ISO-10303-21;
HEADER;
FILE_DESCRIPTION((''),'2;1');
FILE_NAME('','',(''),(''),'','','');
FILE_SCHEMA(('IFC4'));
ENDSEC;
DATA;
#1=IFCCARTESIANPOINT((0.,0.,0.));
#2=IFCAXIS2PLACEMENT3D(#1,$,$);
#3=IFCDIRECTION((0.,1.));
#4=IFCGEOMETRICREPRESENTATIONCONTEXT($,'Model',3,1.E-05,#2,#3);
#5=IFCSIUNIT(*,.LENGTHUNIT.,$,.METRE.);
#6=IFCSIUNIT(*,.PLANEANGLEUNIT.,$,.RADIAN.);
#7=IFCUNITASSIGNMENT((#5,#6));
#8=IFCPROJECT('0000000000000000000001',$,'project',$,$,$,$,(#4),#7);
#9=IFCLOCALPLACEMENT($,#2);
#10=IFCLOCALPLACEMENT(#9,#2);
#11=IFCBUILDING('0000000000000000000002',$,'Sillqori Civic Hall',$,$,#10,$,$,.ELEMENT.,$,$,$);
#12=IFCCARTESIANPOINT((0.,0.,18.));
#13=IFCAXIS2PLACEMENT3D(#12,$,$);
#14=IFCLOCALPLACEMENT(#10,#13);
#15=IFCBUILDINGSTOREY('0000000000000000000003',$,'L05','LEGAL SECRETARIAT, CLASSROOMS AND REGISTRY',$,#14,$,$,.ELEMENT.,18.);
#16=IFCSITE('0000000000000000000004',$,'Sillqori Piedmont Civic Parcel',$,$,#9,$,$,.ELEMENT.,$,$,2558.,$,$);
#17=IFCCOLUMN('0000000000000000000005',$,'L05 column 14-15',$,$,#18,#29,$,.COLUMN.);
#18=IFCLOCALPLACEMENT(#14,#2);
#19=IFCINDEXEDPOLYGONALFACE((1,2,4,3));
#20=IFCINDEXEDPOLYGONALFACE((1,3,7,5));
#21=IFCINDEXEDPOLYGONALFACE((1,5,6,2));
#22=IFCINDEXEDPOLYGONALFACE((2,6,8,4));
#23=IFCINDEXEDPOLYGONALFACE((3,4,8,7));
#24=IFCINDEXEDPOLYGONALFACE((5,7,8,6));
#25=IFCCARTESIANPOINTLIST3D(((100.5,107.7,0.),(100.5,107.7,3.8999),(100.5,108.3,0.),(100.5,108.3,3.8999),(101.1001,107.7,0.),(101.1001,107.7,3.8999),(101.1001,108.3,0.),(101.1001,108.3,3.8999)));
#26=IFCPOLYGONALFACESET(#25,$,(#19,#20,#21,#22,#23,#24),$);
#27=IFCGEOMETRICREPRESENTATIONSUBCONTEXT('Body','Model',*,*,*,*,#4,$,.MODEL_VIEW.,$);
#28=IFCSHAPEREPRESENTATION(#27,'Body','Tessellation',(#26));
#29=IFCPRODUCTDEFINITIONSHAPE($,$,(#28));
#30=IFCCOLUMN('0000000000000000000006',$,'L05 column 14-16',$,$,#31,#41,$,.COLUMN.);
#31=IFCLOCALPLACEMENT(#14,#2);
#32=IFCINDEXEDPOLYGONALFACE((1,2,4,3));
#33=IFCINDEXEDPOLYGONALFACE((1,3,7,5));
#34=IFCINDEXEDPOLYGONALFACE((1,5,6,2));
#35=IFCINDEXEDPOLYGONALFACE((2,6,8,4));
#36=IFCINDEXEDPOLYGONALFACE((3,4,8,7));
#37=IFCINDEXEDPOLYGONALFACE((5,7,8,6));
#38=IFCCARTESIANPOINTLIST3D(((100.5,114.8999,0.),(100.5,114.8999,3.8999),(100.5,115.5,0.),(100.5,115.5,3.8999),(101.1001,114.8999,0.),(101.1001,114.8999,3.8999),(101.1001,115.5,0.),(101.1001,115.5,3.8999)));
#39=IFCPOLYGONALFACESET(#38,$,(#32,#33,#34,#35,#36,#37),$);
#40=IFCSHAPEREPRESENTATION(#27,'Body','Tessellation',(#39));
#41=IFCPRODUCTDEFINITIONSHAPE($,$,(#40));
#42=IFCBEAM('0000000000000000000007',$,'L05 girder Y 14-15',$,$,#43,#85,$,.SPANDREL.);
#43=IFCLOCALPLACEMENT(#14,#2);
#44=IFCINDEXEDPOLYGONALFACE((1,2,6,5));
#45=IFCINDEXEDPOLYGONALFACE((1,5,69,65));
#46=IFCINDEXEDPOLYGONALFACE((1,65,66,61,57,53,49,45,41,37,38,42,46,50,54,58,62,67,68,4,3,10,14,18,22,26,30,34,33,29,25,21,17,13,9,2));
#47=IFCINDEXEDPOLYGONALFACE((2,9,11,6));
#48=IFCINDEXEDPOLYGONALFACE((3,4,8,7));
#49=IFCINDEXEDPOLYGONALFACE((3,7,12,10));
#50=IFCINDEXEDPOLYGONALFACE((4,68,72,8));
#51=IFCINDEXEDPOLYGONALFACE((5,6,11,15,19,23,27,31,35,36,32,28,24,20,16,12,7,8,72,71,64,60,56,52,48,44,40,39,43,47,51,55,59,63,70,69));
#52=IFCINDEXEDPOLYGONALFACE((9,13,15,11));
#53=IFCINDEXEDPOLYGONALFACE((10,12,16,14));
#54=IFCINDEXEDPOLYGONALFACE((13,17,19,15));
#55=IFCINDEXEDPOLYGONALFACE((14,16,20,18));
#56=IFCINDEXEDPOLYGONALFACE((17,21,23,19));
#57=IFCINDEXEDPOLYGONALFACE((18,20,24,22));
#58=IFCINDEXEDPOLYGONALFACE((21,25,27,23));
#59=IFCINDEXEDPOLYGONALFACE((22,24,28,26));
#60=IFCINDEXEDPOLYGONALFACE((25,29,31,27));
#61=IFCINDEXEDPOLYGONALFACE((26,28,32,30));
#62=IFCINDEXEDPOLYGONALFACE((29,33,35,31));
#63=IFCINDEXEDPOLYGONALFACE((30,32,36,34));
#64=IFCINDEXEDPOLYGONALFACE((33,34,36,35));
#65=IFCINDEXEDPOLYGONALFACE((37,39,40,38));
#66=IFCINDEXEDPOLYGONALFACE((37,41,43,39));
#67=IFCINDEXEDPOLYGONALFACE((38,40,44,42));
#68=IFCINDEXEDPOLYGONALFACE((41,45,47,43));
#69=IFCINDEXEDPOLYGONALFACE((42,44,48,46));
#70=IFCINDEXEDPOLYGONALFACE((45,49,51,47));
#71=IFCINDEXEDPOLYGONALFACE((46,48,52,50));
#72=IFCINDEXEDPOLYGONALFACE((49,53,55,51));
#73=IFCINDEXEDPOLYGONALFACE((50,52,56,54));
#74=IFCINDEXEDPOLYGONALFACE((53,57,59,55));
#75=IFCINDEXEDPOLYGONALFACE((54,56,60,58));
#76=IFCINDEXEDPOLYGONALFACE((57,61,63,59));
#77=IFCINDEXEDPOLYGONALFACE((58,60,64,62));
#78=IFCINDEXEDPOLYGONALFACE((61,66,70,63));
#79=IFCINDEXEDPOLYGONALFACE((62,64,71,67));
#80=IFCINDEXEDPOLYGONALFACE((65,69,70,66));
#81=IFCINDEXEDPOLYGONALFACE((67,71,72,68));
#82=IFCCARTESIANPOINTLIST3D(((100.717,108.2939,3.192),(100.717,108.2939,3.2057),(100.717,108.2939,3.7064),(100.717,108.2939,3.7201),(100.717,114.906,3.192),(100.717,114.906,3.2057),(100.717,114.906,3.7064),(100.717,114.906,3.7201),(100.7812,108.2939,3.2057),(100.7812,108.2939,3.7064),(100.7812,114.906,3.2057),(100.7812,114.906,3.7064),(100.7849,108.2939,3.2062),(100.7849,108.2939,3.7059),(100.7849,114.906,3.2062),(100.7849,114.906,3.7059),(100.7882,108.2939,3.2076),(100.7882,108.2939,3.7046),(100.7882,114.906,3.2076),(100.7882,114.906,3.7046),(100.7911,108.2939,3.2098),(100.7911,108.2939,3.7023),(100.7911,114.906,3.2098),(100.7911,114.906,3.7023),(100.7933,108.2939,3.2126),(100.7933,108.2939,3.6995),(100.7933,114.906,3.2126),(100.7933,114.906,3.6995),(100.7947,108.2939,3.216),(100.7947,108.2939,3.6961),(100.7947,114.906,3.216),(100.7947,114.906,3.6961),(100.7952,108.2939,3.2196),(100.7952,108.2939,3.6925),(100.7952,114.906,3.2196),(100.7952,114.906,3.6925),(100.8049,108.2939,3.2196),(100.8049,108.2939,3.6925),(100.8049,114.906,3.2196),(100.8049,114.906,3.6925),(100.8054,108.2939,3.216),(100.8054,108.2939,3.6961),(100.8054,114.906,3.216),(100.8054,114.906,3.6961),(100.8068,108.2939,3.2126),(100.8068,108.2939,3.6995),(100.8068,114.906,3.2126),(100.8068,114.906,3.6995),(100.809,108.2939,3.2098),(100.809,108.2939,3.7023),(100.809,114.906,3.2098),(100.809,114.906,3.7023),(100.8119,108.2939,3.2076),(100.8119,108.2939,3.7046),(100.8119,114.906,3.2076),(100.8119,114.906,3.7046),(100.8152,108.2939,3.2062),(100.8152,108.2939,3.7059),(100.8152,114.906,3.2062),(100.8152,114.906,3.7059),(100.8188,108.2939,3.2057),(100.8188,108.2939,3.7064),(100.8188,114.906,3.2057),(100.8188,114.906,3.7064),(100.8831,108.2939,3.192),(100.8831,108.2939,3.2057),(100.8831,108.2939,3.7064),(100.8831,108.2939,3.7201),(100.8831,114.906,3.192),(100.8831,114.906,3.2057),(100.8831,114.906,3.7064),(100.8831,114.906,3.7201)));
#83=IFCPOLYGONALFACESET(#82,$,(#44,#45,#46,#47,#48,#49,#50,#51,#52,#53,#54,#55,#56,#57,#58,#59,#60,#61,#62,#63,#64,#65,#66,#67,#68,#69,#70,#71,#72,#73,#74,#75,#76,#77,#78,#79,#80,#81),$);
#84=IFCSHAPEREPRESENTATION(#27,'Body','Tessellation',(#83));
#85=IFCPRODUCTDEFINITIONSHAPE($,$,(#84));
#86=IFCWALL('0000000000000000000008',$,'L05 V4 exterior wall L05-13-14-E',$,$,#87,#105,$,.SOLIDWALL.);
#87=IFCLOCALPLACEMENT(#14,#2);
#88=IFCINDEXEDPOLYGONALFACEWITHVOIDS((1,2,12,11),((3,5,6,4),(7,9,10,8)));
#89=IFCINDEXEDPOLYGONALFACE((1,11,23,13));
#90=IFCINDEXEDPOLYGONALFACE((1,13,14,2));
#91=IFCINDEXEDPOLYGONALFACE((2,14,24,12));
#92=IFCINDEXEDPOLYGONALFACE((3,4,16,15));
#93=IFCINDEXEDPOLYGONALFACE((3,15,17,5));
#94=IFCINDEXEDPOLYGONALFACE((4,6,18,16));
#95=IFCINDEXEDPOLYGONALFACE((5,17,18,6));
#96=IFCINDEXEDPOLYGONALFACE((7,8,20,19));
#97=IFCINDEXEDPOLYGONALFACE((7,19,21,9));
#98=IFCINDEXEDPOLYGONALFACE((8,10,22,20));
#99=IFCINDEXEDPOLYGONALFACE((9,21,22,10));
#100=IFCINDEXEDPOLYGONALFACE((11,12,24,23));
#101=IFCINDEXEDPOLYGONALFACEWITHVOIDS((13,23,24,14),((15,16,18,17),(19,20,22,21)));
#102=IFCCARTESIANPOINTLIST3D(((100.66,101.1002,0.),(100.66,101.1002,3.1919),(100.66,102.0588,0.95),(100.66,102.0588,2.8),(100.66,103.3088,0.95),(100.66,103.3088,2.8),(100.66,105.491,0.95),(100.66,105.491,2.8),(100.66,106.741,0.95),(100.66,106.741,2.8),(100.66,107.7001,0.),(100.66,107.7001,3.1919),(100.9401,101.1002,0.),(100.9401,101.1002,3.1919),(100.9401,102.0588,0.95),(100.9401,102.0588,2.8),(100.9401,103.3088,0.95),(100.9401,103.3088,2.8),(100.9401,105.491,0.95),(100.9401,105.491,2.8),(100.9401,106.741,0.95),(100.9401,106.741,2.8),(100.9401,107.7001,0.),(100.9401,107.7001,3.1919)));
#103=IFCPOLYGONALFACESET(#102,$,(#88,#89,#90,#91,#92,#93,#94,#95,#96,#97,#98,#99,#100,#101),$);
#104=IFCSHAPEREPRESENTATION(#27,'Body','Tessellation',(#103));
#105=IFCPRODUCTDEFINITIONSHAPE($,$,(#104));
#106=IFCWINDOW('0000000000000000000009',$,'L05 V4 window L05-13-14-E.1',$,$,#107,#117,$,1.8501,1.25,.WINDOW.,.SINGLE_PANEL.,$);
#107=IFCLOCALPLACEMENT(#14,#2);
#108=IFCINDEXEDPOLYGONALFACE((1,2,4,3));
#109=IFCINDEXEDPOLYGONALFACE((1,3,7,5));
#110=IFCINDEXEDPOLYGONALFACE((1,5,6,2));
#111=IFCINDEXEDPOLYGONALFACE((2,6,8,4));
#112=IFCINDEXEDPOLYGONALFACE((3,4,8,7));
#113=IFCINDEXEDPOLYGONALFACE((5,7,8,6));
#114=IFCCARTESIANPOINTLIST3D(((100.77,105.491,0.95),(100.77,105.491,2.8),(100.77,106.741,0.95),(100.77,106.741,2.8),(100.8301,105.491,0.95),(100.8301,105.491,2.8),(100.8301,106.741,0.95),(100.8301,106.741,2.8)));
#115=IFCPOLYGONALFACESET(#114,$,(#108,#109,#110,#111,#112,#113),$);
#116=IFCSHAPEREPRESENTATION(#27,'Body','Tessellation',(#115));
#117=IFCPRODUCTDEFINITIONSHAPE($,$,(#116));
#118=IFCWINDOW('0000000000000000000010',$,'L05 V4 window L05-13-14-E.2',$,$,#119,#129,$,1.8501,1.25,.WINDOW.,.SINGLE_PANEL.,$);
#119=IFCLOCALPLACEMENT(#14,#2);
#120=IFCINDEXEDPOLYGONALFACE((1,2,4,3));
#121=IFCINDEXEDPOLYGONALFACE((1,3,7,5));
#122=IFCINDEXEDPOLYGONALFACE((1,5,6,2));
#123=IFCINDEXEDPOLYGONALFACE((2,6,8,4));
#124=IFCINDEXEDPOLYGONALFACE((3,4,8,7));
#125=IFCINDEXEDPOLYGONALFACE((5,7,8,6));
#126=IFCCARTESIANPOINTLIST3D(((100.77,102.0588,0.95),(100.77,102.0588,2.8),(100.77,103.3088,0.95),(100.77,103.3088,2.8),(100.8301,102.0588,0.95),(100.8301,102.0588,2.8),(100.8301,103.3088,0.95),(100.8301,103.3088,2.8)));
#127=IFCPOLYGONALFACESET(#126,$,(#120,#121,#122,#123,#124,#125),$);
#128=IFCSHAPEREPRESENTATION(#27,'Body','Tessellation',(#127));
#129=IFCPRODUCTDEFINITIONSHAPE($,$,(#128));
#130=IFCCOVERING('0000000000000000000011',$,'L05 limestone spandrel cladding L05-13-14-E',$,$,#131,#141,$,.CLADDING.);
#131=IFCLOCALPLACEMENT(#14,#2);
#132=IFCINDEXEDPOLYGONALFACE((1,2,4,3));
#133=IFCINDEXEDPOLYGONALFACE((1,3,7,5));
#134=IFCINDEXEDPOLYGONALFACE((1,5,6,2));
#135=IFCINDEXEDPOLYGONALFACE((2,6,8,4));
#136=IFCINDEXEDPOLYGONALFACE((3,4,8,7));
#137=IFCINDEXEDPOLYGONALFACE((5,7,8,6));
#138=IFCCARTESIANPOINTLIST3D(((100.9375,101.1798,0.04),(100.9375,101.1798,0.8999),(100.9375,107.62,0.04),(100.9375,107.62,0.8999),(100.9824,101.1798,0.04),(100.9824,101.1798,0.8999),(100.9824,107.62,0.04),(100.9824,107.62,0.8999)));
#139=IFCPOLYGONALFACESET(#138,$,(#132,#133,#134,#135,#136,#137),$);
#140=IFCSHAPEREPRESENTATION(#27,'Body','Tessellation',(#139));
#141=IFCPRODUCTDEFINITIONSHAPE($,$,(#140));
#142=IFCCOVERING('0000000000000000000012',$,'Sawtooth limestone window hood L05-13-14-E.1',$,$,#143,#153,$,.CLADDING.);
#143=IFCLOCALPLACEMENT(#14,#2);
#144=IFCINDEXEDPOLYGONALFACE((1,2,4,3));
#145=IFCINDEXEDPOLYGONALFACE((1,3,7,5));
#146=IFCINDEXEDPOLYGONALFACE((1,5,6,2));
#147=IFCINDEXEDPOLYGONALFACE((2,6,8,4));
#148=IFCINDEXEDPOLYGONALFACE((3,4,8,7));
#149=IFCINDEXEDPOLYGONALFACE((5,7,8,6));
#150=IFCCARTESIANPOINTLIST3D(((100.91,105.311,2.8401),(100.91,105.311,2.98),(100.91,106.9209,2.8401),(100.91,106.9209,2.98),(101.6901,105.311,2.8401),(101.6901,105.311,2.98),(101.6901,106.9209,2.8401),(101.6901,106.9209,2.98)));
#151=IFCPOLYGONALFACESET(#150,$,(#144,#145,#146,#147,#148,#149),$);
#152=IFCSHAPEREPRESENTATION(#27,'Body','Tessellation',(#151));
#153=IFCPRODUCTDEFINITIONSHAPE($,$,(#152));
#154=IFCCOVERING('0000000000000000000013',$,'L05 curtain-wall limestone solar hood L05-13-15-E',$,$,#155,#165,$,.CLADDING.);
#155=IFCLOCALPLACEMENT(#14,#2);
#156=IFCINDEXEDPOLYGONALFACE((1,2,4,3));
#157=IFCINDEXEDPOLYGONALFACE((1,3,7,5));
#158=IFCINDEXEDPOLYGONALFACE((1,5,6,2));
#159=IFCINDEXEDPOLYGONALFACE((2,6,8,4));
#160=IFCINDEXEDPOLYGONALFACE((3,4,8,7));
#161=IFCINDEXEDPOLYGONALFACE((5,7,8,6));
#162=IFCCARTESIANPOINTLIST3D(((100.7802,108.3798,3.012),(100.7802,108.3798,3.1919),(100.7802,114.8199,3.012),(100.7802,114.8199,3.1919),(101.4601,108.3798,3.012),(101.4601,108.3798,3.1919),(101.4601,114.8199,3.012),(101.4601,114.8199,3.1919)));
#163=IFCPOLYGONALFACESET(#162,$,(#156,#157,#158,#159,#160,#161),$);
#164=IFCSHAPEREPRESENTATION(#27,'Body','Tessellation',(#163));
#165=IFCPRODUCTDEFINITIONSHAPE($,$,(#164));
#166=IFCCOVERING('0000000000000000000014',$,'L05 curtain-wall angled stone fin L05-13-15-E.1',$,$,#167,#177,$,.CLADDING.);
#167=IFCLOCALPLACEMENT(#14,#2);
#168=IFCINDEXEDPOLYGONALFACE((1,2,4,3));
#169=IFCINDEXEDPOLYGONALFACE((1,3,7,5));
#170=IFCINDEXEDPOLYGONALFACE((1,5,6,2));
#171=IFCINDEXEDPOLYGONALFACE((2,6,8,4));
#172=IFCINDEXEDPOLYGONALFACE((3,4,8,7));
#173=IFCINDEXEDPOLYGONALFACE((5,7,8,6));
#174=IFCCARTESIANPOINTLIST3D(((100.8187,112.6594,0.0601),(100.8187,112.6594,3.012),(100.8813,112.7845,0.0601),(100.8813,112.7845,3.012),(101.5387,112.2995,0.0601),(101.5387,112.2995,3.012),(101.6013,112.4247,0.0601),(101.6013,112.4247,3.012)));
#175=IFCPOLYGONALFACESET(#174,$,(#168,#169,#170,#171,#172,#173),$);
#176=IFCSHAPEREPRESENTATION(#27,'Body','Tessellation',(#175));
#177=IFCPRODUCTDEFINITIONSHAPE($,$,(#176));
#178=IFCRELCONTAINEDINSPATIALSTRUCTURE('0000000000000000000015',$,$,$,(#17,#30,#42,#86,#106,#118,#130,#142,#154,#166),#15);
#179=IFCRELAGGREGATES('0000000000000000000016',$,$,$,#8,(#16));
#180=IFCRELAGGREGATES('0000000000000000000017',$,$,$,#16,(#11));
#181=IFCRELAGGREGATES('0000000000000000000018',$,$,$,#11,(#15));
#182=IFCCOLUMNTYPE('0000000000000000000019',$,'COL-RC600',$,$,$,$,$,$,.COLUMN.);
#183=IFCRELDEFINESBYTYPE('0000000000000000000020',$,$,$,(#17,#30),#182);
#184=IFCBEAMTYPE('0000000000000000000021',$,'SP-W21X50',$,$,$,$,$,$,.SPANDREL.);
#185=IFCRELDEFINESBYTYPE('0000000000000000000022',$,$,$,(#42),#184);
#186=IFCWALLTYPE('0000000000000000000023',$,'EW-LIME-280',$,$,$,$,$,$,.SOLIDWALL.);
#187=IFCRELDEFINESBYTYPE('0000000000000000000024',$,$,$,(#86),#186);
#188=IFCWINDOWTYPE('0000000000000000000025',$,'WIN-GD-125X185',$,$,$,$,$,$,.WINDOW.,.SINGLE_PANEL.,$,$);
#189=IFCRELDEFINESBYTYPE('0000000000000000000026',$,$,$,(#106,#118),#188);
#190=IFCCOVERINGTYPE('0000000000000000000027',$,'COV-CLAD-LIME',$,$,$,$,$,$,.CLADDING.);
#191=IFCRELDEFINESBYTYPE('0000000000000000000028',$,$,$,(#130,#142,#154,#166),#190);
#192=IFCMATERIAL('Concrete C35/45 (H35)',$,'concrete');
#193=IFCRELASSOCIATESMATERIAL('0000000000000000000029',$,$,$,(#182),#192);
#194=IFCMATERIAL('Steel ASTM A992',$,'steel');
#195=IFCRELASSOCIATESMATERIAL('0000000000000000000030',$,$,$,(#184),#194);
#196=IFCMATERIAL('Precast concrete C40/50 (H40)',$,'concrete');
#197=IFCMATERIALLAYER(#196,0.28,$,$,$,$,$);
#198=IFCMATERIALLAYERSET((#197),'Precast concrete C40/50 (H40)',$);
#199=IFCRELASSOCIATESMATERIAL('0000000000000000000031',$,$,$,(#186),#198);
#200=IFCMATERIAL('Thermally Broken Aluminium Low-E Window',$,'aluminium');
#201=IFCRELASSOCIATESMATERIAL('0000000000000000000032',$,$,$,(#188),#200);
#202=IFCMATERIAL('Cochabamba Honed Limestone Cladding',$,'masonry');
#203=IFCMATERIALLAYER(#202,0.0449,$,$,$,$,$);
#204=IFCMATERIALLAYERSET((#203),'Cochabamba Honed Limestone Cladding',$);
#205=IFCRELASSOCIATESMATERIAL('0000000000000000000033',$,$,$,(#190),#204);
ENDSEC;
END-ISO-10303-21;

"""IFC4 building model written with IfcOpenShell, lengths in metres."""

from ifc_helpers import new_model, si_unit, direction, frame, frame_2d, origin, origin_2d, place, context, subcontext, project, spatial, rectangle, i_section, extrude, material, layer, layer_set, material_profile, profile_set, type_object, element, fill, save


model = new_model("IFC4")

# Units and contexts
model_context = context("Model", 3, precision=1e-05, world=origin(), true_north=direction((0.0, 1.0)))
body_context = subcontext(model_context, "Body", "Model", "MODEL_VIEW")
ifc_project = project(units=[si_unit("LENGTHUNIT", "METRE"), si_unit("PLANEANGLEUNIT", "RADIAN")], contexts=[model_context])

# Site, building, storey
site_placement = place(None, origin())
site = spatial("IfcSite", under=ifc_project, at=site_placement, Name="Sillqori Piedmont Civic Parcel", CompositionType="ELEMENT", RefElevation=2558.0)
building_placement = place(site_placement, origin())
building = spatial("IfcBuilding", under=site, at=building_placement, Name="Sillqori Civic Hall", CompositionType="ELEMENT")
storey_placement = place(building_placement, frame((0.0, 0.0, 18.0)))
storey = spatial("IfcBuildingStorey", under=building, at=storey_placement, Name="L05", Description="LEGAL SECRETARIAT, CLASSROOMS AND REGISTRY", CompositionType="ELEMENT", Elevation=18.0)

# Columns
ifc_material_1 = material(Name="Concrete C35/45 (H35)", Category="concrete")
ifc_material_profile_1 = material_profile(ifc_material_1, rectangle(XDim=0.6001, YDim=0.6001, at=origin_2d()), Name="RC 600x600")
ifc_profile_set_1 = profile_set([ifc_material_profile_1], Name="Concrete C35/45 (H35)")
column_type = type_object("IfcColumnType", Name="COL-RC600", PredefinedType="COLUMN", material=ifc_profile_set_1)
for number, where, z_axis, x_axis, name in (
    (1, (100.8, 108.0, 0.0), (0.0, 0.0, 1.0), (1.0, 0.0, 0.0), "L05 column 14-15"),
    (2, (100.8, 115.2, 0.0), (0.0, 0.0, 1.0), (1.0, 0.0, 0.0), "L05 column 14-16"),
):
    element("IfcColumn", number, at=place(storey_placement, frame(where, z_axis=z_axis, x_axis=x_axis)), inside=storey, type_object=column_type, Name=name, PredefinedType="COLUMN", context=body_context, shape_type="SweptSolid", body=[
        extrude(rectangle(XDim=0.6001, YDim=0.6001, at=origin_2d()), origin(), (0.0, 0.0, 1.0), 3.8999),
    ])

# Beam
ifc_material_2 = material(Name="Steel ASTM A992", Category="steel")
ifc_material_profile_2 = material_profile(ifc_material_2, i_section(OverallWidth=0.166, OverallDepth=0.5281, WebThickness=0.0098, FlangeThickness=0.0137, FilletRadius=0.0139, at=origin_2d()), Name="W21X50")
ifc_profile_set_2 = profile_set([ifc_material_profile_2], Name="Steel ASTM A992")
beam_type = type_object("IfcBeamType", Name="SP-W21X50", PredefinedType="SPANDREL", material=ifc_profile_set_2)
beam_placement = place(storey_placement, frame((100.8, 108.2939, 3.4561), z_axis=(0.0, 1.0, 0.0), x_axis=(-1.0, 0.0, 0.0)))
element("IfcBeam", 3, at=beam_placement, inside=storey, type_object=beam_type, Name="L05 girder Y 14-15", PredefinedType="SPANDREL", context=body_context, shape_type="SweptSolid", body=[
    extrude(i_section(OverallWidth=0.166, OverallDepth=0.5281, WebThickness=0.0098, FlangeThickness=0.0137, FilletRadius=0.0139, at=origin_2d()), origin(), (0.0, 0.0, 1.0), 6.6121),
])

# Wall, openings, windows
ifc_material_3 = material(Name="Precast concrete C40/50 (H40)", Category="concrete")
ifc_layer_1 = layer(ifc_material_3, 0.28)
ifc_layer_set_1 = layer_set([ifc_layer_1], Name="Precast concrete C40/50 (H40)")
wall_type = type_object("IfcWallType", Name="EW-LIME-280", PredefinedType="SOLIDWALL", material=ifc_layer_set_1)
wall_placement = place(storey_placement, frame((100.8, 107.7, 0.0), z_axis=(0.0, 0.0, 1.0), x_axis=(0.0, -1.0, 0.0)))
wall = element("IfcWall", 4, at=wall_placement, inside=storey, type_object=wall_type, Name="L05 V4 exterior wall L05-13-14-E", PredefinedType="SOLIDWALL", context=body_context, shape_type="SweptSolid", body=[
    extrude(rectangle(XDim=6.5999, YDim=0.28, at=frame_2d((3.2998, 0.0))), origin(), (0.0, 0.0, 1.0), 3.1919),
])
opening_1_placement = place(wall_placement, frame((0.959, 0.0, 0.95)))
opening_1 = element("IfcOpeningElement", 5, at=opening_1_placement, cuts=wall, PredefinedType="OPENING", context=body_context, shape_type="SweptSolid", body=[
    extrude(rectangle(XDim=1.25, YDim=1.8501, at=frame_2d((0.625, 0.925))), frame((0.0, 0.1499, 0.0), z_axis=(0.0, -1.0, 0.0), x_axis=(1.0, 0.0, 0.0)), (0.0, 0.0, 1.0), 0.3),
])
opening_2_placement = place(wall_placement, frame((4.3911, 0.0, 0.95)))
opening_2 = element("IfcOpeningElement", 6, at=opening_2_placement, cuts=wall, PredefinedType="OPENING", context=body_context, shape_type="SweptSolid", body=[
    extrude(rectangle(XDim=1.25, YDim=1.8501, at=frame_2d((0.625, 0.925))), frame((0.0, 0.1499, 0.0), z_axis=(0.0, -1.0, 0.0), x_axis=(1.0, 0.0, 0.0)), (0.0, 0.0, 1.0), 0.3),
])
ifc_material_4 = material(Name="Thermally Broken Aluminium Low-E Window", Category="aluminium")
window_type = type_object("IfcWindowType", Name="WIN-GD-125X185", PartitioningType="SINGLE_PANEL", PredefinedType="WINDOW", material=ifc_material_4)
window_1_placement = place(opening_1_placement, origin())
window_1 = element("IfcWindow", 7, at=window_1_placement, inside=storey, type_object=window_type, Name="L05 V4 window L05-13-14-E.1", OverallHeight=1.8501, OverallWidth=1.25, PartitioningType="SINGLE_PANEL", PredefinedType="WINDOW", context=body_context, shape_type="SweptSolid", body=[
    extrude(rectangle(XDim=1.25, YDim=1.8501, at=frame_2d((0.625, 0.925))), frame((0.0, 0.03, 0.0), z_axis=(0.0, -1.0, 0.0), x_axis=(1.0, 0.0, 0.0)), (0.0, 0.0, 1.0), 0.0601),
])
fill(opening_1, window_1)
window_2_placement = place(opening_2_placement, origin())
window_2 = element("IfcWindow", 8, at=window_2_placement, inside=storey, type_object=window_type, Name="L05 V4 window L05-13-14-E.2", OverallHeight=1.8501, OverallWidth=1.25, PartitioningType="SINGLE_PANEL", PredefinedType="WINDOW", context=body_context, shape_type="SweptSolid", body=[
    extrude(rectangle(XDim=1.25, YDim=1.8501, at=frame_2d((0.625, 0.925))), frame((0.0, 0.03, 0.0), z_axis=(0.0, -1.0, 0.0), x_axis=(1.0, 0.0, 0.0)), (0.0, 0.0, 1.0), 0.0601),
])
fill(opening_2, window_2)

# Coverings
ifc_material_5 = material(Name="Cochabamba Honed Limestone Cladding", Category="masonry")
ifc_layer_2 = layer(ifc_material_5, 0.0449)
ifc_layer_set_2 = layer_set([ifc_layer_2], Name="Cochabamba Honed Limestone Cladding")
covering_type = type_object("IfcCoveringType", Name="COV-CLAD-LIME", PredefinedType="CLADDING", material=ifc_layer_set_2)
covering_1_placement = place(storey_placement, frame((100.96, 107.6201, 0.04), z_axis=(0.0, 0.0, 1.0), x_axis=(0.0, -1.0, 0.0)))
element("IfcCovering", 9, at=covering_1_placement, inside=storey, type_object=covering_type, Name="L05 limestone spandrel cladding L05-13-14-E", PredefinedType="CLADDING", context=body_context, shape_type="SweptSolid", body=[
    extrude(rectangle(XDim=6.4402, YDim=0.0449, at=frame_2d((3.2202, 0.0))), origin(), (0.0, 0.0, 1.0), 0.8599),
])
covering_2_placement = place(storey_placement, frame((101.3, 106.9209, 2.8401), z_axis=(0.0, 0.0, 1.0), x_axis=(0.0, -1.0, 0.0)))
element("IfcCovering", 10, at=covering_2_placement, inside=storey, type_object=covering_type, Name="Sawtooth limestone window hood L05-13-14-E.1", PredefinedType="CLADDING", context=body_context, shape_type="SweptSolid", body=[
    extrude(rectangle(XDim=1.6099, YDim=0.78, at=frame_2d((0.8049, 0.0))), origin(), (0.0, 0.0, 1.0), 0.1399),
])
covering_3_placement = place(storey_placement, frame((101.1201, 114.8201, 3.012), z_axis=(0.0, 0.0, 1.0), x_axis=(0.0, -1.0, 0.0)))
element("IfcCovering", 11, at=covering_3_placement, inside=storey, type_object=covering_type, Name="L05 curtain-wall limestone solar hood L05-13-15-E", PredefinedType="CLADDING", context=body_context, shape_type="SweptSolid", body=[
    extrude(rectangle(XDim=6.4402, YDim=0.6799, at=frame_2d((3.2202, 0.0))), origin(), (0.0, 0.0, 1.0), 0.1799),
])
for number, where, z_axis, x_axis, name in (
    (12, (100.8501, 112.7219, 0.0601), (0.0, 0.0, 1.0), (0.894488, -0.447092, 0.0), "L05 curtain-wall angled stone fin L05-13-15-E.1"),
):
    element("IfcCovering", number, at=place(storey_placement, frame(where, z_axis=z_axis, x_axis=x_axis)), inside=storey, type_object=covering_type, Name=name, PredefinedType="CLADDING", context=body_context, shape_type="SweptSolid", body=[
        extrude(rectangle(XDim=0.8049, YDim=0.1399, at=frame_2d((0.4023, 0.0))), origin(), (0.0, 0.0, 1.0), 2.9519),
    ])

save(model, "model.ifc")
